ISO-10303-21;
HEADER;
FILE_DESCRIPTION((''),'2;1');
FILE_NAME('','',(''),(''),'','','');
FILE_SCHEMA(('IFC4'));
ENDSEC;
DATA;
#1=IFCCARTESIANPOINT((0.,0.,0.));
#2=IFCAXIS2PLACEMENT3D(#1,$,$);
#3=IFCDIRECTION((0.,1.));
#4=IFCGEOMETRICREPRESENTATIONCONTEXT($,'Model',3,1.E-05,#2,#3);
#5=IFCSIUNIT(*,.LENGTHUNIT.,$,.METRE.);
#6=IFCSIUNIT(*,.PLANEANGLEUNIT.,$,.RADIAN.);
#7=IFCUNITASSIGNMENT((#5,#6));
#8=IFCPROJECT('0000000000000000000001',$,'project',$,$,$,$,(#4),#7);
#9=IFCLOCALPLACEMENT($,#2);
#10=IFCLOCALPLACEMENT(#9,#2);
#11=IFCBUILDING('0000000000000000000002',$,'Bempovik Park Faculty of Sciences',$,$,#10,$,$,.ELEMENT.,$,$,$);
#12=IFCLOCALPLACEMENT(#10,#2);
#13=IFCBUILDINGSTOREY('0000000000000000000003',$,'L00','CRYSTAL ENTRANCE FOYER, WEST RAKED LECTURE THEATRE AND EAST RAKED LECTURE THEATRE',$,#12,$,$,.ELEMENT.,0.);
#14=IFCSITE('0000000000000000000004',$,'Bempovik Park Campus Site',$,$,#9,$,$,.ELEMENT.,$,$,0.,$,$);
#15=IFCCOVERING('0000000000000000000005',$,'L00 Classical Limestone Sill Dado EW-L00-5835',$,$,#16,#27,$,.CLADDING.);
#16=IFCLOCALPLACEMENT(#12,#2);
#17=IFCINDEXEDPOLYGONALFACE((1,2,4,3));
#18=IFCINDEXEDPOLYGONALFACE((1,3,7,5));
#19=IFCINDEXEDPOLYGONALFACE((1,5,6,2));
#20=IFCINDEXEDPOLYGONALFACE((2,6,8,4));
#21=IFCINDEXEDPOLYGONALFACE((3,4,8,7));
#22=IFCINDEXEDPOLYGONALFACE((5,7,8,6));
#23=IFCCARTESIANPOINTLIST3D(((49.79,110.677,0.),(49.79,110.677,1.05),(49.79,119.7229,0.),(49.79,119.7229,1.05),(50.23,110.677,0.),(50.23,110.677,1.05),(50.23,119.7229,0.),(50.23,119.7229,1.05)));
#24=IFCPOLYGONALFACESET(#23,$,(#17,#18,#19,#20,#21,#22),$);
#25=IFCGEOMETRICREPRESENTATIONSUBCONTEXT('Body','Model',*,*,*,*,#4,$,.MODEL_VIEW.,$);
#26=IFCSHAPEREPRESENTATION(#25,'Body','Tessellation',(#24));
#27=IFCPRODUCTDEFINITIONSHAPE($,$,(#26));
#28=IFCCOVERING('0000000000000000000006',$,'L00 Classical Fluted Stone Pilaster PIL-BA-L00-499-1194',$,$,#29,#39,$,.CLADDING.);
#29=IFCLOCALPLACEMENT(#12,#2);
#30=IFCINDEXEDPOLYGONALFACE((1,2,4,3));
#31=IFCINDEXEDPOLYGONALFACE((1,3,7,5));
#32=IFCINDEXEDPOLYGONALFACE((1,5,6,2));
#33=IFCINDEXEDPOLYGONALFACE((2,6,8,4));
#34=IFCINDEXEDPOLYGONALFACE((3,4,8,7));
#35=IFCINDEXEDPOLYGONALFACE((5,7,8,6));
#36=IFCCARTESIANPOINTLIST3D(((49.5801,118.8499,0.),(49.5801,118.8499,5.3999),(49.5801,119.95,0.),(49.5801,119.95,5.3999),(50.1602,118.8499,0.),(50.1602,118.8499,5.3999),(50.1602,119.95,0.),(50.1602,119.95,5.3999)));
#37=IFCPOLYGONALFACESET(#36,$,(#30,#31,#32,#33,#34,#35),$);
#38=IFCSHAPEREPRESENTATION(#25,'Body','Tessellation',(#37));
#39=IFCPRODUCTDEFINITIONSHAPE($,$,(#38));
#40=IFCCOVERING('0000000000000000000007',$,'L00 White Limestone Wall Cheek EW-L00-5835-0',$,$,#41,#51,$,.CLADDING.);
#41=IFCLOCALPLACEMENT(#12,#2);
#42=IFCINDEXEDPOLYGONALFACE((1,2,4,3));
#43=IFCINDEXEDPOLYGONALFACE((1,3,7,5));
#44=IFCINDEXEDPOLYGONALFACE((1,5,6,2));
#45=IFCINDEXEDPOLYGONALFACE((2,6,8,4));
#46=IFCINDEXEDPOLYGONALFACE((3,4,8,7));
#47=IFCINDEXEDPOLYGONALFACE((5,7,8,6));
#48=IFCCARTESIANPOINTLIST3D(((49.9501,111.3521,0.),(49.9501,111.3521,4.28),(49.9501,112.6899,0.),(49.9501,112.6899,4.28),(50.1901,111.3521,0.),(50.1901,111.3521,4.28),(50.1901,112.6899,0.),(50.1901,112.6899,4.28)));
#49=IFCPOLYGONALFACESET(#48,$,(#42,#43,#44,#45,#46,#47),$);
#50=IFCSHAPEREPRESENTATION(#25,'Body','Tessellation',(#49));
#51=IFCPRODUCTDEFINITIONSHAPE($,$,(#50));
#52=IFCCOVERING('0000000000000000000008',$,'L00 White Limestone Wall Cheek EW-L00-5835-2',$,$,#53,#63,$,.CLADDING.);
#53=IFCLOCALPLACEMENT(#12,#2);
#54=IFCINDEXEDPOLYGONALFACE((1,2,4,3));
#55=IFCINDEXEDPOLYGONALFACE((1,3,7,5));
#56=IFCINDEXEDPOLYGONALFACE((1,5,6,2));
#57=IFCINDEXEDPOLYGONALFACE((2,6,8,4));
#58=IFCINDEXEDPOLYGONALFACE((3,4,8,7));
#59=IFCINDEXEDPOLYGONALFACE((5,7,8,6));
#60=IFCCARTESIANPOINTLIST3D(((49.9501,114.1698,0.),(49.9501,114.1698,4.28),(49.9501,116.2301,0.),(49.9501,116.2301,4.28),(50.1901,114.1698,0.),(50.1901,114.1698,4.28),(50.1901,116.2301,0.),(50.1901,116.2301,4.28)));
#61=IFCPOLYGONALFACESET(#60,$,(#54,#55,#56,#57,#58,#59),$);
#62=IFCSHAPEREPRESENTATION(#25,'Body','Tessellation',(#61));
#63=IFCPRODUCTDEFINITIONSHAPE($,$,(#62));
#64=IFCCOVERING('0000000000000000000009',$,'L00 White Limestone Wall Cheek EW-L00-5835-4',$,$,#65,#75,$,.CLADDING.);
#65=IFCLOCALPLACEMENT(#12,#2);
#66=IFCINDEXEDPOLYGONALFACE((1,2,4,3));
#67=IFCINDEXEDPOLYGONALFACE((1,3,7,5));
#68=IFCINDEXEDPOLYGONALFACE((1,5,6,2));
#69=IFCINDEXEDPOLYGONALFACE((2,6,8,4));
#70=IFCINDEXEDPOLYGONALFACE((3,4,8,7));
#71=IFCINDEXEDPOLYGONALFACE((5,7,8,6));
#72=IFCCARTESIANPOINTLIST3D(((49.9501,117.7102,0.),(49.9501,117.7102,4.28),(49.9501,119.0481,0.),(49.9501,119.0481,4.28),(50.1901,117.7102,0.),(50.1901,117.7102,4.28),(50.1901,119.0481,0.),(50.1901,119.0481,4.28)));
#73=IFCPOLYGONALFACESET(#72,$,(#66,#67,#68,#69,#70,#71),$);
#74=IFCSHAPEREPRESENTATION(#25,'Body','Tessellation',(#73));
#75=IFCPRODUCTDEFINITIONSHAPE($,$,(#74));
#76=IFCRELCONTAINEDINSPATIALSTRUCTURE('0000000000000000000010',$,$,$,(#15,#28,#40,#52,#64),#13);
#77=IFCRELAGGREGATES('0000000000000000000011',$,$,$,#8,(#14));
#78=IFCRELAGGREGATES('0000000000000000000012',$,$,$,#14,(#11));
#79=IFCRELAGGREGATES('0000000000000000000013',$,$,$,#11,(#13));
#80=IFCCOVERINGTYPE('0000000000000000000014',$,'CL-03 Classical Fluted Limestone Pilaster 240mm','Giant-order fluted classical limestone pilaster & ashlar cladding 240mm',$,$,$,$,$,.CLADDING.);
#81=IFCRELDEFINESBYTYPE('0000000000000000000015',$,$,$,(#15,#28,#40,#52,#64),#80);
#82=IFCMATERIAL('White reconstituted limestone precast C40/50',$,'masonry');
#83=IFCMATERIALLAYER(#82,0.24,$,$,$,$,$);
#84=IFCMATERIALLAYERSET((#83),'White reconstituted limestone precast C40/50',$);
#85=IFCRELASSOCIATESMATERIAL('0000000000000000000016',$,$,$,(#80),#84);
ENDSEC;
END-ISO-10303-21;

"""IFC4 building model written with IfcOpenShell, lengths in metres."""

from ifc_helpers import new_model, si_unit, direction, frame, origin, origin_2d, place, context, subcontext, project, spatial, rectangle, extrude, material, layer, layer_set, type_object, element, save


model = new_model("IFC4")

# Units and contexts
model_context = context("Model", 3, precision=1e-05, world=origin(), true_north=direction((0.0, 1.0)))
body_context = subcontext(model_context, "Body", "Model", "MODEL_VIEW")
ifc_project = project(units=[si_unit("LENGTHUNIT", "METRE"), si_unit("PLANEANGLEUNIT", "RADIAN")], contexts=[model_context])

# Site, building, storey
site_placement = place(None, origin())
site = spatial("IfcSite", under=ifc_project, at=site_placement, Name="Bempovik Park Campus Site", CompositionType="ELEMENT", RefElevation=0.0)
building_placement = place(site_placement, origin())
building = spatial("IfcBuilding", under=site, at=building_placement, Name="Bempovik Park Faculty of Sciences", CompositionType="ELEMENT")
storey_placement = place(building_placement, origin())
storey = spatial("IfcBuildingStorey", under=building, at=storey_placement, Name="L00", Description="CRYSTAL ENTRANCE FOYER, WEST RAKED LECTURE THEATRE AND EAST RAKED LECTURE THEATRE", CompositionType="ELEMENT", Elevation=0.0)

# Coverings
ifc_material_1 = material(Name="White reconstituted limestone precast C40/50", Category="masonry")
ifc_layer_1 = layer(ifc_material_1, 0.24)
ifc_layer_set_1 = layer_set([ifc_layer_1], Name="White reconstituted limestone precast C40/50")
covering_type_1 = type_object("IfcCoveringType", Name="CL-03 Classical Fluted Limestone Pilaster 240mm", Description="Giant-order fluted classical limestone pilaster & ashlar cladding 240mm", PredefinedType="CLADDING", material=ifc_layer_set_1)
covering_1_placement = place(storey_placement, frame((50.01, 115.2, 0.0), z_axis=(0.0, 0.0, 1.0), x_axis=(1.0, 0.0, 0.0)))
element("IfcCovering", 1, at=covering_1_placement, inside=storey, type_object=covering_type_1, Name="L00 Classical Limestone Sill Dado EW-L00-5835", PredefinedType="CLADDING", context=body_context, shape_type="SweptSolid", body=[
    extrude(rectangle(XDim=0.4399, YDim=9.0459, at=origin_2d()), origin(), (0.0, 0.0, 1.0), 1.05),
])
covering_2_placement = place(storey_placement, frame((49.8701, 119.3999, 0.0), z_axis=(0.0, 0.0, 1.0), x_axis=(1.0, 0.0, 0.0)))
element("IfcCovering", 2, at=covering_2_placement, inside=storey, type_object=covering_type_1, Name="L00 Classical Fluted Stone Pilaster PIL-BA-L00-499-1194", PredefinedType="CLADDING", context=body_context, shape_type="SweptSolid", body=[
    extrude(rectangle(XDim=0.5801, YDim=1.1001, at=origin_2d()), origin(), (0.0, 0.0, 1.0), 5.3999),
])
covering_3_placement = place(storey_placement, frame((50.0701, 112.021, 0.0), z_axis=(0.0, 0.0, 1.0), x_axis=(1.0, 0.0, 0.0)))
element("IfcCovering", 3, at=covering_3_placement, inside=storey, type_object=covering_type_1, Name="L00 White Limestone Wall Cheek EW-L00-5835-0", PredefinedType="CLADDING", context=body_context, shape_type="SweptSolid", body=[
    extrude(rectangle(XDim=0.24, YDim=1.3379, at=origin_2d()), origin(), (0.0, 0.0, 1.0), 4.28),
])
covering_4_placement = place(storey_placement, frame((50.0701, 115.2, 0.0), z_axis=(0.0, 0.0, 1.0), x_axis=(1.0, 0.0, 0.0)))
element("IfcCovering", 4, at=covering_4_placement, inside=storey, type_object=covering_type_1, Name="L00 White Limestone Wall Cheek EW-L00-5835-2", PredefinedType="CLADDING", context=body_context, shape_type="SweptSolid", body=[
    extrude(rectangle(XDim=0.24, YDim=2.0603, at=origin_2d()), origin(), (0.0, 0.0, 1.0), 4.28),
])
covering_5_placement = place(storey_placement, frame((50.0701, 118.3792, 0.0), z_axis=(0.0, 0.0, 1.0), x_axis=(1.0, 0.0, 0.0)))
element("IfcCovering", 5, at=covering_5_placement, inside=storey, type_object=covering_type_1, Name="L00 White Limestone Wall Cheek EW-L00-5835-4", PredefinedType="CLADDING", context=body_context, shape_type="SweptSolid", body=[
    extrude(rectangle(XDim=0.24, YDim=1.3379, at=origin_2d()), origin(), (0.0, 0.0, 1.0), 4.28),
])

save(model, "model.ifc")
